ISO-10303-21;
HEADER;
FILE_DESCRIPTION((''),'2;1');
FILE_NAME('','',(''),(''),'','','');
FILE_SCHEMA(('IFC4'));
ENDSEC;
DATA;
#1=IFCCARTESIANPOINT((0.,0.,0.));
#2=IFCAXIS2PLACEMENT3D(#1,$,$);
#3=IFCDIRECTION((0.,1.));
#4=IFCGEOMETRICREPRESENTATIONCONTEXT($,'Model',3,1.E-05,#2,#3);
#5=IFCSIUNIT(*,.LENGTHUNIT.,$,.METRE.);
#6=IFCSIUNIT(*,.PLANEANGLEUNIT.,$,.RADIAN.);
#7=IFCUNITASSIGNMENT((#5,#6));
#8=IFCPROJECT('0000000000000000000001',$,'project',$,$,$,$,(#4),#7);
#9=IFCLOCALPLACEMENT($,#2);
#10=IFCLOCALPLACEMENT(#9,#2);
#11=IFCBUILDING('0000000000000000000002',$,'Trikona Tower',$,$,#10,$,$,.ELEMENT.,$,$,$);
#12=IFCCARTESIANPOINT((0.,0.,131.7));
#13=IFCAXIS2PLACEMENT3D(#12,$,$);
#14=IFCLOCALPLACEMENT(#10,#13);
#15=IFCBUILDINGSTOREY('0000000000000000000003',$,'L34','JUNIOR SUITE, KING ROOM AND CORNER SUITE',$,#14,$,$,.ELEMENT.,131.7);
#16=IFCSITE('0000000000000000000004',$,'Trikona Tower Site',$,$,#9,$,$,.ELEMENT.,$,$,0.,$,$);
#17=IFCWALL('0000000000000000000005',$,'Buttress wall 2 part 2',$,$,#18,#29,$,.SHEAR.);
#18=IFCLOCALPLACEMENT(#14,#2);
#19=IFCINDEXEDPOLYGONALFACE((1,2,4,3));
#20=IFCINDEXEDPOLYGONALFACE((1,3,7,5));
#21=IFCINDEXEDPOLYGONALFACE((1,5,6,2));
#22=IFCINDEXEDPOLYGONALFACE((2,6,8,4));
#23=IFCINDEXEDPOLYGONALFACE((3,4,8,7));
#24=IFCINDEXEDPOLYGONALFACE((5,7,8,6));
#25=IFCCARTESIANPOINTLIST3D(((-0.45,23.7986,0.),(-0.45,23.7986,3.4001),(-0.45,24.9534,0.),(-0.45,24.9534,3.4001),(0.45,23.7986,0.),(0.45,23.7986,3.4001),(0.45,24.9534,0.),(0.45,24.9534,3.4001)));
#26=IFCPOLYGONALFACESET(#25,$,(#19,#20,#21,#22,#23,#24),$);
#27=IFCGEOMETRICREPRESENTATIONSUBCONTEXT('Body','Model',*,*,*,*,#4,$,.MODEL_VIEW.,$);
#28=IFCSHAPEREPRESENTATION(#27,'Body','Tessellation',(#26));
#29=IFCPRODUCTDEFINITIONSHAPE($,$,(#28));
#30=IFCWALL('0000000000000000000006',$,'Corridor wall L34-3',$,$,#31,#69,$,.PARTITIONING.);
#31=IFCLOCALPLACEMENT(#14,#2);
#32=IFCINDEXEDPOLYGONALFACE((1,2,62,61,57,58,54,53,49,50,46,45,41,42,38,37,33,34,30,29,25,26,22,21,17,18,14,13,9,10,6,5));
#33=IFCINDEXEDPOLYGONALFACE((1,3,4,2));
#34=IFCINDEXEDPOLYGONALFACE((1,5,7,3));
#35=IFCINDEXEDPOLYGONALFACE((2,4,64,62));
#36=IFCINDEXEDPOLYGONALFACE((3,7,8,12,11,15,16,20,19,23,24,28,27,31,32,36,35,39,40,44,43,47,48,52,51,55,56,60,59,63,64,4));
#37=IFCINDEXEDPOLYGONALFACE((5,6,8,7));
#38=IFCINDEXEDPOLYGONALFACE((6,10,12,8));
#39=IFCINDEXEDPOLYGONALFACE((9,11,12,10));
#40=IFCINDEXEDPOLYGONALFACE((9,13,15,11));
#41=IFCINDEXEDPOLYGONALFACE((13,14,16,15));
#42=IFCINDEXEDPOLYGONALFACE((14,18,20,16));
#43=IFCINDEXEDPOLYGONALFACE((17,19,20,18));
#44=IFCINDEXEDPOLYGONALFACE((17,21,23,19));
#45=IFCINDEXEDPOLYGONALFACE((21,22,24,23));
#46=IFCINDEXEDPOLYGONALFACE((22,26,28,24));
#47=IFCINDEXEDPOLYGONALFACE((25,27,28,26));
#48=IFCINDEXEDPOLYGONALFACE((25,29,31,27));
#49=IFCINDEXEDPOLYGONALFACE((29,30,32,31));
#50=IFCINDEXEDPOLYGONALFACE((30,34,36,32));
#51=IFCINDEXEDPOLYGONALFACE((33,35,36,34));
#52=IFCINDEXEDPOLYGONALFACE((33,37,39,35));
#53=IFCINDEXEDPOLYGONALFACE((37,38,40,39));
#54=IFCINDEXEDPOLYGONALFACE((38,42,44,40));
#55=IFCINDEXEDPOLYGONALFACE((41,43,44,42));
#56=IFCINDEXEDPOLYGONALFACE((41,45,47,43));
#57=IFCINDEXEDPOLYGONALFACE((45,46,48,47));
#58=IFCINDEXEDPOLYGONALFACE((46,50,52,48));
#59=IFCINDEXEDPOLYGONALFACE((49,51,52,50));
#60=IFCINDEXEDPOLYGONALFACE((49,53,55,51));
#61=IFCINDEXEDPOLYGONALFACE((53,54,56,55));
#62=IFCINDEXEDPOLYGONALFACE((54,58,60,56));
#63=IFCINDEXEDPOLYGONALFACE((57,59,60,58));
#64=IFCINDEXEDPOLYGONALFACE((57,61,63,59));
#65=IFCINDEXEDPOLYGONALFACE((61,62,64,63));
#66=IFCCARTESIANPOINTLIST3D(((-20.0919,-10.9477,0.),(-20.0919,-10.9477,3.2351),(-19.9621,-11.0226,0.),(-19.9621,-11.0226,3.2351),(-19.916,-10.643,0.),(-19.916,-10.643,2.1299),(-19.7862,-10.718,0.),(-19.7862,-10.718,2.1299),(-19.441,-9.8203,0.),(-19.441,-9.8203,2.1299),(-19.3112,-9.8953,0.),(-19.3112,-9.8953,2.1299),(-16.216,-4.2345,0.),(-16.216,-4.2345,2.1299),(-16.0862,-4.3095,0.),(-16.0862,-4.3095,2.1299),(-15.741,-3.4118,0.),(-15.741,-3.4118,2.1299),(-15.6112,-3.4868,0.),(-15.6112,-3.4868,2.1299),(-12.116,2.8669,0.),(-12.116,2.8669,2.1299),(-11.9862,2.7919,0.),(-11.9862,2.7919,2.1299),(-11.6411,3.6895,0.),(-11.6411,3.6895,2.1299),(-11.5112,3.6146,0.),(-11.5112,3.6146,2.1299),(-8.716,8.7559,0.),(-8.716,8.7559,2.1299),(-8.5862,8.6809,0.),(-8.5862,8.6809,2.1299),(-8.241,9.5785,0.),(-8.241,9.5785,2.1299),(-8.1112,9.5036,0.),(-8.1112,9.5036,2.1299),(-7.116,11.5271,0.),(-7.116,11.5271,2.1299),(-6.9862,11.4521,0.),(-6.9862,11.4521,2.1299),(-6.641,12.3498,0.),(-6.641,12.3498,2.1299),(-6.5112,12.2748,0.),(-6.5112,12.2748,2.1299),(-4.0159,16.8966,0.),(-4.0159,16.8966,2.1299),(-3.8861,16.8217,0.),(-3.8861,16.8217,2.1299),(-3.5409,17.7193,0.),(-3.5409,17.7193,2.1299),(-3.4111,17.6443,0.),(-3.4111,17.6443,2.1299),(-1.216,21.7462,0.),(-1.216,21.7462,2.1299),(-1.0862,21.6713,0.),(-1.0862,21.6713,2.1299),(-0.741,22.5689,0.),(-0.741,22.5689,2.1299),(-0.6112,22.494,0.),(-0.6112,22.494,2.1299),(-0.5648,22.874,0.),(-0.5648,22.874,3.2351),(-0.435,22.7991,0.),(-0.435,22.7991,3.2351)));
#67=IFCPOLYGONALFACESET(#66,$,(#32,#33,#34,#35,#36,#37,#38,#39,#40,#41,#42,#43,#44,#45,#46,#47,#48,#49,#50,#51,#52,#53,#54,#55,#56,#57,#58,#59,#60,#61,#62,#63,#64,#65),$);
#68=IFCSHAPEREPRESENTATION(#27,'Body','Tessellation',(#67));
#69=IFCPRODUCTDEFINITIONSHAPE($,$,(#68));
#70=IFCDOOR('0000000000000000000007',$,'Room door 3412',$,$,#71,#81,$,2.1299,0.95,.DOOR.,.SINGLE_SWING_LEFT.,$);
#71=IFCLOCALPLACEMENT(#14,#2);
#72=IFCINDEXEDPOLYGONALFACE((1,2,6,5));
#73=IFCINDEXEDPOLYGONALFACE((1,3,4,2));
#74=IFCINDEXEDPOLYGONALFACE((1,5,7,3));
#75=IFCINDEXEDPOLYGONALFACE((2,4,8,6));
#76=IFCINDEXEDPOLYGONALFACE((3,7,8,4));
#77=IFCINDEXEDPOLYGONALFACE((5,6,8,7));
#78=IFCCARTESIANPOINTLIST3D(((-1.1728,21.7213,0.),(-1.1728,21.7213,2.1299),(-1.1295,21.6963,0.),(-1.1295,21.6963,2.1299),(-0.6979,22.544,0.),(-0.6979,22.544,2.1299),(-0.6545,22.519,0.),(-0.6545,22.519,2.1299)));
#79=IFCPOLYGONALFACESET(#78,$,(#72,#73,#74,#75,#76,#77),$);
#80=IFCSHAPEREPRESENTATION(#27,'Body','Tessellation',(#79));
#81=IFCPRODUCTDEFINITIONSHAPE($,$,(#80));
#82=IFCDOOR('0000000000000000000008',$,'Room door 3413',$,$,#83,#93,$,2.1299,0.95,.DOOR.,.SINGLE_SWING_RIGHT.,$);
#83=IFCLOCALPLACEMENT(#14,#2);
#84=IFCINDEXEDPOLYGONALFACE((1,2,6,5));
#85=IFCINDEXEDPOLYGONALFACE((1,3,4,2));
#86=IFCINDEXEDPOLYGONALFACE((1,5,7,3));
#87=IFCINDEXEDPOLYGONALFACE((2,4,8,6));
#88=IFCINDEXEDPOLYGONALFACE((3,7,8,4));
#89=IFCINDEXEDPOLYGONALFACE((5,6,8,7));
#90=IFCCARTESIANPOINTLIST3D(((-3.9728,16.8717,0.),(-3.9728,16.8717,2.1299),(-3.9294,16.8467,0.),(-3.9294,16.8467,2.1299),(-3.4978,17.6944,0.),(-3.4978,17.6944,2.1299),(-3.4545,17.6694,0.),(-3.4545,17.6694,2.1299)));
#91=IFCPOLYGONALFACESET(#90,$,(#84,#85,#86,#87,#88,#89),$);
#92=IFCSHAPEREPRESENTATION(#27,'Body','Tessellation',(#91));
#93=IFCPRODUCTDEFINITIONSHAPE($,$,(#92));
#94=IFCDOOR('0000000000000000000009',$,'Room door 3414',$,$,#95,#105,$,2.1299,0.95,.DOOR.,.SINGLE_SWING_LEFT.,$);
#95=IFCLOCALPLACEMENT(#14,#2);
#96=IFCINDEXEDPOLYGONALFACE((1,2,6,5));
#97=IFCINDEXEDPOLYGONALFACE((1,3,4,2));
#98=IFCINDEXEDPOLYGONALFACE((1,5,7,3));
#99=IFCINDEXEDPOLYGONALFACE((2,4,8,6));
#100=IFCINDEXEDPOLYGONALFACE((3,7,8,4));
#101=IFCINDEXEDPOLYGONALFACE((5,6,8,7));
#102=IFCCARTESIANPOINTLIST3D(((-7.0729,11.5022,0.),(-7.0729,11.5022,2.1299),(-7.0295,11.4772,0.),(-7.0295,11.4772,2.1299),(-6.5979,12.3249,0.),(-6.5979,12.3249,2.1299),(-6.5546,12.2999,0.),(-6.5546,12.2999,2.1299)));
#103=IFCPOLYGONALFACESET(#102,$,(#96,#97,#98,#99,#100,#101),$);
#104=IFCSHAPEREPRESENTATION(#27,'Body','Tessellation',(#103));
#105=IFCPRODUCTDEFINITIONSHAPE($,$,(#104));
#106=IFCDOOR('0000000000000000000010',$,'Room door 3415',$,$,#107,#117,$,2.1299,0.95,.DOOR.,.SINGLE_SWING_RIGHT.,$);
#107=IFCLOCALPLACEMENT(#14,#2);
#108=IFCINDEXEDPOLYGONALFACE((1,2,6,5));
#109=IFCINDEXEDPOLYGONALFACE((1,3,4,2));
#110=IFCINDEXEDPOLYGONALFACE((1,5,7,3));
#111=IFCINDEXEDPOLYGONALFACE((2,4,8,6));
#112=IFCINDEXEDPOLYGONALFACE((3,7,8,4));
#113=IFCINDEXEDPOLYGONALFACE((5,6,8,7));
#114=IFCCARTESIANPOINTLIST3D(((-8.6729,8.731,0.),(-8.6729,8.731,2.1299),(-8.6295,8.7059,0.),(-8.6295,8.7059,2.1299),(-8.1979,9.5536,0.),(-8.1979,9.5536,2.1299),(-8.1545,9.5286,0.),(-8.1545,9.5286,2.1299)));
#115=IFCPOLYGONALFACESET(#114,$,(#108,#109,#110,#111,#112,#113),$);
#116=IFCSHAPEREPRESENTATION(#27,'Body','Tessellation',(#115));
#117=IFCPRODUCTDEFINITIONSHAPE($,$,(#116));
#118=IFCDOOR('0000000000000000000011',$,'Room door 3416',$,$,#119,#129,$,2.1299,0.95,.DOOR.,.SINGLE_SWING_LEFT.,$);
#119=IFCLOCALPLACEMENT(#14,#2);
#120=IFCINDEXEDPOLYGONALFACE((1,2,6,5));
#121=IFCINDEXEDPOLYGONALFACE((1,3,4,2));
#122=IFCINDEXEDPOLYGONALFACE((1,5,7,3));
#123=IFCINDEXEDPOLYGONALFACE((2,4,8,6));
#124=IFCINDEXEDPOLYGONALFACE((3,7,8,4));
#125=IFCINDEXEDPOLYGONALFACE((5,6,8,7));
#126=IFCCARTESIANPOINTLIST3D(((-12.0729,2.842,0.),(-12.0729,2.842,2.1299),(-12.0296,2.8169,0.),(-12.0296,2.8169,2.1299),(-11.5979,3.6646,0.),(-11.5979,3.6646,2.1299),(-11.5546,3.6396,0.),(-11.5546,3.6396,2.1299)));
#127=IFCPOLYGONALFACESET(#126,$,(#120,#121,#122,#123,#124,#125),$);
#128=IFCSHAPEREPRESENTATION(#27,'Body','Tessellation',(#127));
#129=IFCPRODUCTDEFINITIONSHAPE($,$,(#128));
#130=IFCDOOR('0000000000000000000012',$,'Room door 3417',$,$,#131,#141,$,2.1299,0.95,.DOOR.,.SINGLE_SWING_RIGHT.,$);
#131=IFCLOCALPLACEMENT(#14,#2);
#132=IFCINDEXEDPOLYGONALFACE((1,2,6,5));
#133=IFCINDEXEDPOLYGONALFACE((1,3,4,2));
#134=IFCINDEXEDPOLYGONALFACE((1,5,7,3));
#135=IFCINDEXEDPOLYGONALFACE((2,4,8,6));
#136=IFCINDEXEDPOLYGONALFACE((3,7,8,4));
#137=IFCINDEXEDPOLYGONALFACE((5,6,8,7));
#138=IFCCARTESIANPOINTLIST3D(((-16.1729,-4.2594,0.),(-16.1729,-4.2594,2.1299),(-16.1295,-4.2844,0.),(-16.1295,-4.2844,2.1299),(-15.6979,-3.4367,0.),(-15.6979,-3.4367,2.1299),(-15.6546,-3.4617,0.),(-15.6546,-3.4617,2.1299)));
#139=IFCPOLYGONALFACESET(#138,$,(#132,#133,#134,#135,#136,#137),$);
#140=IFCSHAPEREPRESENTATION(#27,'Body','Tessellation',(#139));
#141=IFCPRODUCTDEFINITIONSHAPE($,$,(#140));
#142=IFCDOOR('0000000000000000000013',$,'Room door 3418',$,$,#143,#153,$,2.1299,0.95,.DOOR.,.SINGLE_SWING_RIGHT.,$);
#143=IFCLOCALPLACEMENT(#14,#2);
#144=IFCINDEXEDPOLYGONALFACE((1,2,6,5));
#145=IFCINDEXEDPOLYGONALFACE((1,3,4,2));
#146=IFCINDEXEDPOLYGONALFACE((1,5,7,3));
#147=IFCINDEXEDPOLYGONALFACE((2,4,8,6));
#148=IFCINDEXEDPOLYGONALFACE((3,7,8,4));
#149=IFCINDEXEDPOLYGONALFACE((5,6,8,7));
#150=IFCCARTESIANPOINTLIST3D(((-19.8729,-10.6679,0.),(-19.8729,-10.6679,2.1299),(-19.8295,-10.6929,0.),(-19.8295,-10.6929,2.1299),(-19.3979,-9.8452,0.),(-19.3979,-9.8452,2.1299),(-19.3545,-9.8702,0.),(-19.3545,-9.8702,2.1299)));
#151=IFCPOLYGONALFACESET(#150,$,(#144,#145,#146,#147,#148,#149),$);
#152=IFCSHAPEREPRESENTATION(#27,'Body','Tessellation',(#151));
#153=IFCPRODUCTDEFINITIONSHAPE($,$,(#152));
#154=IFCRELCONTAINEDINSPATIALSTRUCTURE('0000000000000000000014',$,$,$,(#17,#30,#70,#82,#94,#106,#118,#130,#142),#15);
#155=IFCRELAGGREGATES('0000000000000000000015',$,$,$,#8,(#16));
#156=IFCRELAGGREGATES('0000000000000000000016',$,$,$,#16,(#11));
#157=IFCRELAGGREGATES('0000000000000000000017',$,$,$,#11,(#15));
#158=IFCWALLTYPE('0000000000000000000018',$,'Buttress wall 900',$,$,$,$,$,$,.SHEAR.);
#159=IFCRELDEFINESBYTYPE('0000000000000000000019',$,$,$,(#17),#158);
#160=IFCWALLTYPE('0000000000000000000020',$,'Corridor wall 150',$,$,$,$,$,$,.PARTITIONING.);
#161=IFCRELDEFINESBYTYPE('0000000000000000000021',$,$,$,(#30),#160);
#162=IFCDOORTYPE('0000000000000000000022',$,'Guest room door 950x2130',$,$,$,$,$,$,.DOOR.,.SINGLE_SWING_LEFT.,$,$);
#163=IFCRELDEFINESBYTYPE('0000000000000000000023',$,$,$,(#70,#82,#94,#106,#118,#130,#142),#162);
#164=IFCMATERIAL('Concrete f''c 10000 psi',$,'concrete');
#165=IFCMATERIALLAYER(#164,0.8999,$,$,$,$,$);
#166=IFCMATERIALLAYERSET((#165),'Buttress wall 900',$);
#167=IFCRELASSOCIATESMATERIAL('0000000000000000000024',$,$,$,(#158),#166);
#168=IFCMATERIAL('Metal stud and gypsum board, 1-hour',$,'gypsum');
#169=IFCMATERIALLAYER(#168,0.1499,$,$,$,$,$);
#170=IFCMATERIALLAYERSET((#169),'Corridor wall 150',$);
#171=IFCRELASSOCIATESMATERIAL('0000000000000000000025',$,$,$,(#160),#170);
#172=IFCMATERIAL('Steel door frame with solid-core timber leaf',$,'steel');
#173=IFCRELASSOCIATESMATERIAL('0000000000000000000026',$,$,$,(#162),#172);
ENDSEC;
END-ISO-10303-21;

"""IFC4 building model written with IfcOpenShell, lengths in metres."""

from ifc_helpers import new_model, si_unit, direction, frame, frame_2d, origin, place, context, subcontext, project, spatial, rectangle, extrude, material, layer, layer_set, type_object, element, fill, save


model = new_model("IFC4")

# Units and contexts
model_context = context("Model", 3, precision=1e-05, world=origin(), true_north=direction((0.0, 1.0)))
body_context = subcontext(model_context, "Body", "Model", "MODEL_VIEW")
ifc_project = project(units=[si_unit("LENGTHUNIT", "METRE"), si_unit("PLANEANGLEUNIT", "RADIAN")], contexts=[model_context])

# Site, building, storey
site_placement = place(None, origin())
site = spatial("IfcSite", under=ifc_project, at=site_placement, Name="Trikona Tower Site", CompositionType="ELEMENT", RefElevation=0.0)
building_placement = place(site_placement, origin())
building = spatial("IfcBuilding", under=site, at=building_placement, Name="Trikona Tower", CompositionType="ELEMENT")
storey_placement = place(building_placement, frame((0.0, 0.0, 131.7)))
storey = spatial("IfcBuildingStorey", under=building, at=storey_placement, Name="L34", Description="JUNIOR SUITE, KING ROOM AND CORNER SUITE", CompositionType="ELEMENT", Elevation=131.7)

# Wall
ifc_material_1 = material(Name="Concrete f'c 10000 psi", Category="concrete")
ifc_layer_1 = layer(ifc_material_1, 0.8999)
ifc_layer_set_1 = layer_set([ifc_layer_1], Name="Buttress wall 900")
wall_type_1 = type_object("IfcWallType", Name="Buttress wall 900", PredefinedType="SHEAR", material=ifc_layer_set_1)
wall_1_placement = place(storey_placement, frame((0.0, 23.7986, 0.0), z_axis=(0.0, 0.0, 1.0), x_axis=(0.0, 1.0, 0.0)))
element("IfcWall", 1, at=wall_1_placement, inside=storey, type_object=wall_type_1, Name="Buttress wall 2 part 2", PredefinedType="SHEAR", context=body_context, shape_type="SweptSolid", body=[
    extrude(rectangle(XDim=1.1548, YDim=0.8999, at=frame_2d((0.5774, 0.0))), origin(), (0.0, 0.0, 1.0), 3.4001),
])

# Wall, openings, doors
ifc_material_2 = material(Name="Metal stud and gypsum board, 1-hour", Category="gypsum")
ifc_layer_2 = layer(ifc_material_2, 0.1499)
ifc_layer_set_2 = layer_set([ifc_layer_2], Name="Corridor wall 150")
wall_type_2 = type_object("IfcWallType", Name="Corridor wall 150", PredefinedType="PARTITIONING", material=ifc_layer_set_2)
wall_2_placement = place(storey_placement, frame((-0.5, 22.8364, 0.0), z_axis=(0.0, 0.0, 1.0), x_axis=(-0.500002, -0.866024, 0.0)))
wall_2 = element("IfcWall", 2, at=wall_2_placement, inside=storey, type_object=wall_type_2, Name="Corridor wall L34-3", PredefinedType="PARTITIONING", context=body_context, shape_type="SweptSolid", body=[
    extrude(rectangle(XDim=39.054, YDim=0.1499, at=frame_2d((19.5269, 0.0))), origin(), (0.0, 0.0, 1.0), 3.2351),
])
opening_1_placement = place(wall_2_placement, frame((0.3521, 0.0, 0.0)))
opening_1 = element("IfcOpeningElement", 3, at=opening_1_placement, cuts=wall_2, PredefinedType="OPENING", context=body_context, shape_type="SweptSolid", body=[
    extrude(rectangle(XDim=0.95, YDim=2.1299, at=frame_2d((0.4751, 1.0649))), frame((0.0, 0.085, 0.0), z_axis=(0.0, -1.0, 0.0), x_axis=(1.0, 0.0, 0.0)), (0.0, 0.0, 1.0), 0.1699),
])
opening_2_placement = place(wall_2_placement, frame((5.9519, 0.0, 0.0)))
opening_2 = element("IfcOpeningElement", 4, at=opening_2_placement, cuts=wall_2, PredefinedType="OPENING", context=body_context, shape_type="SweptSolid", body=[
    extrude(rectangle(XDim=0.95, YDim=2.1299, at=frame_2d((0.4751, 1.0649))), frame((0.0, 0.085, 0.0), z_axis=(0.0, -1.0, 0.0), x_axis=(1.0, 0.0, 0.0)), (0.0, 0.0, 1.0), 0.1699),
])
opening_3_placement = place(wall_2_placement, frame((12.1521, 0.0, 0.0)))
opening_3 = element("IfcOpeningElement", 5, at=opening_3_placement, cuts=wall_2, PredefinedType="OPENING", context=body_context, shape_type="SweptSolid", body=[
    extrude(rectangle(XDim=0.95, YDim=2.1299, at=frame_2d((0.4751, 1.0649))), frame((0.0, 0.085, 0.0), z_axis=(0.0, -1.0, 0.0), x_axis=(1.0, 0.0, 0.0)), (0.0, 0.0, 1.0), 0.1699),
])
opening_4_placement = place(wall_2_placement, frame((15.3521, 0.0, 0.0)))
opening_4 = element("IfcOpeningElement", 6, at=opening_4_placement, cuts=wall_2, PredefinedType="OPENING", context=body_context, shape_type="SweptSolid", body=[
    extrude(rectangle(XDim=0.95, YDim=2.1299, at=frame_2d((0.4751, 1.0649))), frame((0.0, 0.085, 0.0), z_axis=(0.0, -1.0, 0.0), x_axis=(1.0, 0.0, 0.0)), (0.0, 0.0, 1.0), 0.1699),
])
opening_5_placement = place(wall_2_placement, frame((22.1521, 0.0, 0.0)))
opening_5 = element("IfcOpeningElement", 7, at=opening_5_placement, cuts=wall_2, PredefinedType="OPENING", context=body_context, shape_type="SweptSolid", body=[
    extrude(rectangle(XDim=0.95, YDim=2.1299, at=frame_2d((0.4751, 1.0649))), frame((0.0, 0.085, 0.0), z_axis=(0.0, -1.0, 0.0), x_axis=(1.0, 0.0, 0.0)), (0.0, 0.0, 1.0), 0.1699),
])
opening_6_placement = place(wall_2_placement, frame((30.3521, 0.0, 0.0)))
opening_6 = element("IfcOpeningElement", 8, at=opening_6_placement, cuts=wall_2, PredefinedType="OPENING", context=body_context, shape_type="SweptSolid", body=[
    extrude(rectangle(XDim=0.95, YDim=2.1299, at=frame_2d((0.4751, 1.0649))), frame((0.0, 0.085, 0.0), z_axis=(0.0, -1.0, 0.0), x_axis=(1.0, 0.0, 0.0)), (0.0, 0.0, 1.0), 0.1699),
])
opening_7_placement = place(wall_2_placement, frame((37.752, 0.0, 0.0)))
opening_7 = element("IfcOpeningElement", 9, at=opening_7_placement, cuts=wall_2, PredefinedType="OPENING", context=body_context, shape_type="SweptSolid", body=[
    extrude(rectangle(XDim=0.95, YDim=2.1299, at=frame_2d((0.4751, 1.0649))), frame((0.0, 0.085, 0.0), z_axis=(0.0, -1.0, 0.0), x_axis=(1.0, 0.0, 0.0)), (0.0, 0.0, 1.0), 0.1699),
])
ifc_material_3 = material(Name="Steel door frame with solid-core timber leaf", Category="steel")
door_type = type_object("IfcDoorType", Name="Guest room door 950x2130", OperationType="SINGLE_SWING_LEFT", PredefinedType="DOOR", material=ifc_material_3)
door_1_placement = place(opening_1_placement, origin())
door_1 = element("IfcDoor", 10, at=door_1_placement, inside=storey, type_object=door_type, Name="Room door 3412", OperationType="SINGLE_SWING_LEFT", OverallHeight=2.1299, OverallWidth=0.95, PredefinedType="DOOR", context=body_context, shape_type="SweptSolid", body=[
    extrude(rectangle(XDim=0.95, YDim=2.1299, at=frame_2d((0.4751, 1.0649))), frame((0.0, 0.0249, 0.0), z_axis=(0.0, -1.0, 0.0), x_axis=(1.0, 0.0, 0.0)), (0.0, 0.0, 1.0), 0.05),
])
fill(opening_1, door_1)
door_2_placement = place(opening_2_placement, origin())
door_2 = element("IfcDoor", 11, at=door_2_placement, inside=storey, type_object=door_type, Name="Room door 3413", OperationType="SINGLE_SWING_RIGHT", OverallHeight=2.1299, OverallWidth=0.95, PredefinedType="DOOR", context=body_context, shape_type="SweptSolid", body=[
    extrude(rectangle(XDim=0.95, YDim=2.1299, at=frame_2d((0.4751, 1.0649))), frame((0.0, 0.0249, 0.0), z_axis=(0.0, -1.0, 0.0), x_axis=(1.0, 0.0, 0.0)), (0.0, 0.0, 1.0), 0.05),
])
fill(opening_2, door_2)
door_3_placement = place(opening_3_placement, origin())
door_3 = element("IfcDoor", 12, at=door_3_placement, inside=storey, type_object=door_type, Name="Room door 3414", OperationType="SINGLE_SWING_LEFT", OverallHeight=2.1299, OverallWidth=0.95, PredefinedType="DOOR", context=body_context, shape_type="SweptSolid", body=[
    extrude(rectangle(XDim=0.95, YDim=2.1299, at=frame_2d((0.4751, 1.0649))), frame((0.0, 0.0249, 0.0), z_axis=(0.0, -1.0, 0.0), x_axis=(1.0, 0.0, 0.0)), (0.0, 0.0, 1.0), 0.05),
])
fill(opening_3, door_3)
door_4_placement = place(opening_4_placement, origin())
door_4 = element("IfcDoor", 13, at=door_4_placement, inside=storey, type_object=door_type, Name="Room door 3415", OperationType="SINGLE_SWING_RIGHT", OverallHeight=2.1299, OverallWidth=0.95, PredefinedType="DOOR", context=body_context, shape_type="SweptSolid", body=[
    extrude(rectangle(XDim=0.95, YDim=2.1299, at=frame_2d((0.4751, 1.0649))), frame((0.0, 0.0249, 0.0), z_axis=(0.0, -1.0, 0.0), x_axis=(1.0, 0.0, 0.0)), (0.0, 0.0, 1.0), 0.05),
])
fill(opening_4, door_4)
door_5_placement = place(opening_5_placement, origin())
door_5 = element("IfcDoor", 14, at=door_5_placement, inside=storey, type_object=door_type, Name="Room door 3416", OperationType="SINGLE_SWING_LEFT", OverallHeight=2.1299, OverallWidth=0.95, PredefinedType="DOOR", context=body_context, shape_type="SweptSolid", body=[
    extrude(rectangle(XDim=0.95, YDim=2.1299, at=frame_2d((0.4751, 1.0649))), frame((0.0, 0.0249, 0.0), z_axis=(0.0, -1.0, 0.0), x_axis=(1.0, 0.0, 0.0)), (0.0, 0.0, 1.0), 0.05),
])
fill(opening_5, door_5)
door_6_placement = place(opening_6_placement, origin())
door_6 = element("IfcDoor", 15, at=door_6_placement, inside=storey, type_object=door_type, Name="Room door 3417", OperationType="SINGLE_SWING_RIGHT", OverallHeight=2.1299, OverallWidth=0.95, PredefinedType="DOOR", context=body_context, shape_type="SweptSolid", body=[
    extrude(rectangle(XDim=0.95, YDim=2.1299, at=frame_2d((0.4751, 1.0649))), frame((0.0, 0.0249, 0.0), z_axis=(0.0, -1.0, 0.0), x_axis=(1.0, 0.0, 0.0)), (0.0, 0.0, 1.0), 0.05),
])
fill(opening_6, door_6)
door_7_placement = place(opening_7_placement, origin())
door_7 = element("IfcDoor", 16, at=door_7_placement, inside=storey, type_object=door_type, Name="Room door 3418", OperationType="SINGLE_SWING_RIGHT", OverallHeight=2.1299, OverallWidth=0.95, PredefinedType="DOOR", context=body_context, shape_type="SweptSolid", body=[
    extrude(rectangle(XDim=0.95, YDim=2.1299, at=frame_2d((0.4751, 1.0649))), frame((0.0, 0.0249, 0.0), z_axis=(0.0, -1.0, 0.0), x_axis=(1.0, 0.0, 0.0)), (0.0, 0.0, 1.0), 0.05),
])
fill(opening_7, door_7)

save(model, "model.ifc")
